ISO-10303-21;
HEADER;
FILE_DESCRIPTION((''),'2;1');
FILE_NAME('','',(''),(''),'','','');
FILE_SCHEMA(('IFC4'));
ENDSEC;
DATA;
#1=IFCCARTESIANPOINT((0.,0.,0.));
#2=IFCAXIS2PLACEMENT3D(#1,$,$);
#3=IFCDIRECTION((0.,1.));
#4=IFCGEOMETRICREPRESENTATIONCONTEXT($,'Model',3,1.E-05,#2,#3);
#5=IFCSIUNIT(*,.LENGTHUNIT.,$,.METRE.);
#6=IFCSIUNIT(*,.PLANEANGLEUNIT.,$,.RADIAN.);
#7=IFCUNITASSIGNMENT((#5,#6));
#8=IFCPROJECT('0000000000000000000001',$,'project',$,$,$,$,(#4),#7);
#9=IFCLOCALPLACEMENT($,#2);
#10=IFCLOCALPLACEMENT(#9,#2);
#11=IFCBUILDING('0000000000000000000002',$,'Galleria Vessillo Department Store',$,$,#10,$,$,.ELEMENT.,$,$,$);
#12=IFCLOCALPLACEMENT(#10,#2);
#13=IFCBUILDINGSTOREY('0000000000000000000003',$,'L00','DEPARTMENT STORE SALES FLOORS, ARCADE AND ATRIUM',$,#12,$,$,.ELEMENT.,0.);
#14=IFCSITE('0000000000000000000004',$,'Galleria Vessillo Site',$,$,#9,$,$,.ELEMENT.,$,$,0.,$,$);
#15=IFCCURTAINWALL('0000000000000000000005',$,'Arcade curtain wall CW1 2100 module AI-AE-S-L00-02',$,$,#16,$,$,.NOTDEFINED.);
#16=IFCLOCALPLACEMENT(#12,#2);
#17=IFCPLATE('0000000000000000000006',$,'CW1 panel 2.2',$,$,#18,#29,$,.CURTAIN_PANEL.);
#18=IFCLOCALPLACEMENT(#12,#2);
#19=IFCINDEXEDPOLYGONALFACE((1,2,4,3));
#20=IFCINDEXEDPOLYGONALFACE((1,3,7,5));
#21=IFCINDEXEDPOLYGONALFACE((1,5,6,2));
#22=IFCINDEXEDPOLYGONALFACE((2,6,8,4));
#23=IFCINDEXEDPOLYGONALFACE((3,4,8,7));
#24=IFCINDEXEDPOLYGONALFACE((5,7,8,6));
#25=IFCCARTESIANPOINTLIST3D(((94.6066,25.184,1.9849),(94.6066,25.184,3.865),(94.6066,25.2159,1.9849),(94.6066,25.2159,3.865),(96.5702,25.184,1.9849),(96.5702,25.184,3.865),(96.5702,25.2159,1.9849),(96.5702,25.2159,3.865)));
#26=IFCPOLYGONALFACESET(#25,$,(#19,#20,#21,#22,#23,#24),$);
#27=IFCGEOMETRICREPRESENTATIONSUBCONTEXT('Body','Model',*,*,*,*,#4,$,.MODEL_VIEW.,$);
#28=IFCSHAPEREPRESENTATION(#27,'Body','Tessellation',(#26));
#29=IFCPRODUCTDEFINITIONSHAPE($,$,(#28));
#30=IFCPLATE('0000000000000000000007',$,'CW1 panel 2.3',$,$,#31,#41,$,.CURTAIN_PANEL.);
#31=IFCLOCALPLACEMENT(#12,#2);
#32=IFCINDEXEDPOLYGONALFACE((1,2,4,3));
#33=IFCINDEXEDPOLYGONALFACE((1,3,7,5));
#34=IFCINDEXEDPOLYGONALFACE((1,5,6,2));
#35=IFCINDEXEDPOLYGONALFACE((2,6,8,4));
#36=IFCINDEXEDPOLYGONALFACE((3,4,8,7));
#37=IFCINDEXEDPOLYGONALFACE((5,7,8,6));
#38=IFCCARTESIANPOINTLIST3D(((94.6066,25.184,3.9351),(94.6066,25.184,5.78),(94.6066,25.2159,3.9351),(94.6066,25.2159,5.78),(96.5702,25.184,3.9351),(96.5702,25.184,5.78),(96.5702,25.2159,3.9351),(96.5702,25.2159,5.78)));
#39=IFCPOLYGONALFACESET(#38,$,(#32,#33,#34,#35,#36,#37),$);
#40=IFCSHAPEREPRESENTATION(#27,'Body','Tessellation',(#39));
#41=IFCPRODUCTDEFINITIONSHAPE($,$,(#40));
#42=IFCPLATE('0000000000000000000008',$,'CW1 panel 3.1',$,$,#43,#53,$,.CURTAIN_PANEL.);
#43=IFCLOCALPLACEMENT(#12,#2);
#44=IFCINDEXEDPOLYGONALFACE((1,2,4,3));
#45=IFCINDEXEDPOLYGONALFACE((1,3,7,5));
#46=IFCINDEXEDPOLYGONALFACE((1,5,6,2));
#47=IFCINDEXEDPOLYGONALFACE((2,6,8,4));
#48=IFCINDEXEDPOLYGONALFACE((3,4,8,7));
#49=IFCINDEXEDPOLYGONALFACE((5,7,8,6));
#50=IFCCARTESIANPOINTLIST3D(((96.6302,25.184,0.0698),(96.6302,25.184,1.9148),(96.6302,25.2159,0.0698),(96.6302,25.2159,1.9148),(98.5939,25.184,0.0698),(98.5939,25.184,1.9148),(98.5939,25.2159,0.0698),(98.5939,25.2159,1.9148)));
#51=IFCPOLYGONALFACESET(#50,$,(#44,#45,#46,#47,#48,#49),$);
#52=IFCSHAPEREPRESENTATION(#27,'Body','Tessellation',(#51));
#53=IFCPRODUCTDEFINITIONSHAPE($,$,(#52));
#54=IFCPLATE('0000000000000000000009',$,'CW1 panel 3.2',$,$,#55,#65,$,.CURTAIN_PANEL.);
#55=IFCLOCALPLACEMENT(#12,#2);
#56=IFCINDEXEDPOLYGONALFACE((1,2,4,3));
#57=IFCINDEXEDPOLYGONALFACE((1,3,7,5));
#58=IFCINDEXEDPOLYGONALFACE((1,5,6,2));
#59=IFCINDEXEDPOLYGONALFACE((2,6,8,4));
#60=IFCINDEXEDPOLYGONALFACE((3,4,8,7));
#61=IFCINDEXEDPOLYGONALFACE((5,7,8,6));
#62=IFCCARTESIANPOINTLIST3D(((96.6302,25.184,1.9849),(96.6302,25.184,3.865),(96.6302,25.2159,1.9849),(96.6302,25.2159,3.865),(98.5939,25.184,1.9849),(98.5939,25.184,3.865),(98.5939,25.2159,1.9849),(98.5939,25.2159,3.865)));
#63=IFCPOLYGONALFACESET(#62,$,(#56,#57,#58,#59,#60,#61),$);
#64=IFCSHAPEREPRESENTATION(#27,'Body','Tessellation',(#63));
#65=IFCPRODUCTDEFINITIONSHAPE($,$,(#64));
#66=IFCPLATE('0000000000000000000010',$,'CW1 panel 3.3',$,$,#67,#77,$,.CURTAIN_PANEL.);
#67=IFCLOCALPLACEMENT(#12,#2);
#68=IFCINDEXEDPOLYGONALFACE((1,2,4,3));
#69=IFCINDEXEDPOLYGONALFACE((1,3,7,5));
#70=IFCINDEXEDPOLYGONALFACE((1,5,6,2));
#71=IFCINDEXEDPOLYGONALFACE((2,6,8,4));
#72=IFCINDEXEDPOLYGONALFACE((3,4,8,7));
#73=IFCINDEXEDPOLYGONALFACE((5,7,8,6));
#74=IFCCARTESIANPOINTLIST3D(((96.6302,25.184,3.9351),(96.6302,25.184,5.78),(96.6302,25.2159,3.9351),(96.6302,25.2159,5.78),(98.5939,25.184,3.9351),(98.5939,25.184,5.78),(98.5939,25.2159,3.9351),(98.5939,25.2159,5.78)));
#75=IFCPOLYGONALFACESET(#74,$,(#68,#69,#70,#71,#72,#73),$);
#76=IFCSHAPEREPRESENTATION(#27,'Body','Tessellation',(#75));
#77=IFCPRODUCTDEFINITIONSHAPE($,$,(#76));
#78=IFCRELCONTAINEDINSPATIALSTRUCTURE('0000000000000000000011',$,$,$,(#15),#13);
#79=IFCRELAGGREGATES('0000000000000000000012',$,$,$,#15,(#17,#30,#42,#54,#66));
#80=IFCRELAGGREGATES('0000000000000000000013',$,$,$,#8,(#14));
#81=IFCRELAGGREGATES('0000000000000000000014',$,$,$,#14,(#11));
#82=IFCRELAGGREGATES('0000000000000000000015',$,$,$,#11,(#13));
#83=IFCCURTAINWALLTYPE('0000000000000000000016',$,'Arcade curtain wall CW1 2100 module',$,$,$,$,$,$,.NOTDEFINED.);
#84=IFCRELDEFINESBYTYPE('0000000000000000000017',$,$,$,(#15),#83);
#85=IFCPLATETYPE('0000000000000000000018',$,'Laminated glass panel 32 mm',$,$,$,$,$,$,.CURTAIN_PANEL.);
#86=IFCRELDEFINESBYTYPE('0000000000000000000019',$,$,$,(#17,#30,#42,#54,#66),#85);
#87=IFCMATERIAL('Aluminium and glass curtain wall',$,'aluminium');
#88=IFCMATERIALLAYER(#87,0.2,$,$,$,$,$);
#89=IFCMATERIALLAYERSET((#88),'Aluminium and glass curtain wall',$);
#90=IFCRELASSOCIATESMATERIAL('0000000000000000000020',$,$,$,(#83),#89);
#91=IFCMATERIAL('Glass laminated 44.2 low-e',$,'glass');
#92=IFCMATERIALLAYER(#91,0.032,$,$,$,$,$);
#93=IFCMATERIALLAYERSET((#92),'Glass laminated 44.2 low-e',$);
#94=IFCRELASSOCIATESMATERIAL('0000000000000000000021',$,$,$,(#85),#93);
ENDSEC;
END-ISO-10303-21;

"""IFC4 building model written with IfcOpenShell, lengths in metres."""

from ifc_helpers import new_model, si_unit, direction, frame, origin, origin_2d, place, context, subcontext, project, spatial, rectangle, extrude, material, layer, layer_set, type_object, element, aggregate, save


model = new_model("IFC4")

# Units and contexts
model_context = context("Model", 3, precision=1e-05, world=origin(), true_north=direction((0.0, 1.0)))
body_context = subcontext(model_context, "Body", "Model", "MODEL_VIEW")
ifc_project = project(units=[si_unit("LENGTHUNIT", "METRE"), si_unit("PLANEANGLEUNIT", "RADIAN")], contexts=[model_context])

# Site, building, storey
site_placement = place(None, origin())
site = spatial("IfcSite", under=ifc_project, at=site_placement, Name="Galleria Vessillo Site", CompositionType="ELEMENT", RefElevation=0.0)
building_placement = place(site_placement, origin())
building = spatial("IfcBuilding", under=site, at=building_placement, Name="Galleria Vessillo Department Store", CompositionType="ELEMENT")
storey_placement = place(building_placement, origin())
storey = spatial("IfcBuildingStorey", under=building, at=storey_placement, Name="L00", Description="DEPARTMENT STORE SALES FLOORS, ARCADE AND ATRIUM", CompositionType="ELEMENT", Elevation=0.0)

# Curtain wall, plates
ifc_material_1 = material(Name="Aluminium and glass curtain wall", Category="aluminium")
ifc_layer_1 = layer(ifc_material_1, 0.2)
ifc_layer_set_1 = layer_set([ifc_layer_1], Name="Aluminium and glass curtain wall")
curtain_wall_type = type_object("IfcCurtainWallType", Name="Arcade curtain wall CW1 2100 module", PredefinedType="NOTDEFINED", material=ifc_layer_set_1)
curtain_wall_placement = place(storey_placement, origin())
curtain_wall = element("IfcCurtainWall", 1, at=curtain_wall_placement, inside=storey, type_object=curtain_wall_type, Name="Arcade curtain wall CW1 2100 module AI-AE-S-L00-02", PredefinedType="NOTDEFINED")
ifc_material_2 = material(Name="Glass laminated 44.2 low-e", Category="glass")
ifc_layer_2 = layer(ifc_material_2, 0.032)
ifc_layer_set_2 = layer_set([ifc_layer_2], Name="Glass laminated 44.2 low-e")
plate_type = type_object("IfcPlateType", Name="Laminated glass panel 32 mm", PredefinedType="CURTAIN_PANEL", material=ifc_layer_set_2)
plate_1_placement = place(storey_placement, frame((95.5884, 25.2, 1.9849), z_axis=(0.0, 0.0, 1.0), x_axis=(1.0, 0.0, 0.0)))
plate_1 = element("IfcPlate", 2, at=plate_1_placement, type_object=plate_type, Name="CW1 panel 2.2", PredefinedType="CURTAIN_PANEL", context=body_context, shape_type="SweptSolid", body=[
    extrude(rectangle(XDim=1.9636, YDim=0.032, at=origin_2d()), origin(), (0.0, 0.0, 1.0), 1.8801),
])
plate_2_placement = place(storey_placement, frame((95.5884, 25.2, 3.9351), z_axis=(0.0, 0.0, 1.0), x_axis=(1.0, 0.0, 0.0)))
plate_2 = element("IfcPlate", 3, at=plate_2_placement, type_object=plate_type, Name="CW1 panel 2.3", PredefinedType="CURTAIN_PANEL", context=body_context, shape_type="SweptSolid", body=[
    extrude(rectangle(XDim=1.9636, YDim=0.032, at=origin_2d()), origin(), (0.0, 0.0, 1.0), 1.845),
])
plate_3_placement = place(storey_placement, frame((97.6121, 25.2, 0.0698), z_axis=(0.0, 0.0, 1.0), x_axis=(1.0, 0.0, 0.0)))
plate_3 = element("IfcPlate", 4, at=plate_3_placement, type_object=plate_type, Name="CW1 panel 3.1", PredefinedType="CURTAIN_PANEL", context=body_context, shape_type="SweptSolid", body=[
    extrude(rectangle(XDim=1.9636, YDim=0.032, at=origin_2d()), origin(), (0.0, 0.0, 1.0), 1.845),
])
plate_4_placement = place(storey_placement, frame((97.6121, 25.2, 1.9849), z_axis=(0.0, 0.0, 1.0), x_axis=(1.0, 0.0, 0.0)))
plate_4 = element("IfcPlate", 5, at=plate_4_placement, type_object=plate_type, Name="CW1 panel 3.2", PredefinedType="CURTAIN_PANEL", context=body_context, shape_type="SweptSolid", body=[
    extrude(rectangle(XDim=1.9636, YDim=0.032, at=origin_2d()), origin(), (0.0, 0.0, 1.0), 1.8801),
])
plate_5_placement = place(storey_placement, frame((97.6121, 25.2, 3.9351), z_axis=(0.0, 0.0, 1.0), x_axis=(1.0, 0.0, 0.0)))
plate_5 = element("IfcPlate", 6, at=plate_5_placement, type_object=plate_type, Name="CW1 panel 3.3", PredefinedType="CURTAIN_PANEL", context=body_context, shape_type="SweptSolid", body=[
    extrude(rectangle(XDim=1.9636, YDim=0.032, at=origin_2d()), origin(), (0.0, 0.0, 1.0), 1.845),
])
aggregate(curtain_wall, [plate_1, plate_2, plate_3, plate_4, plate_5])

save(model, "model.ifc")
